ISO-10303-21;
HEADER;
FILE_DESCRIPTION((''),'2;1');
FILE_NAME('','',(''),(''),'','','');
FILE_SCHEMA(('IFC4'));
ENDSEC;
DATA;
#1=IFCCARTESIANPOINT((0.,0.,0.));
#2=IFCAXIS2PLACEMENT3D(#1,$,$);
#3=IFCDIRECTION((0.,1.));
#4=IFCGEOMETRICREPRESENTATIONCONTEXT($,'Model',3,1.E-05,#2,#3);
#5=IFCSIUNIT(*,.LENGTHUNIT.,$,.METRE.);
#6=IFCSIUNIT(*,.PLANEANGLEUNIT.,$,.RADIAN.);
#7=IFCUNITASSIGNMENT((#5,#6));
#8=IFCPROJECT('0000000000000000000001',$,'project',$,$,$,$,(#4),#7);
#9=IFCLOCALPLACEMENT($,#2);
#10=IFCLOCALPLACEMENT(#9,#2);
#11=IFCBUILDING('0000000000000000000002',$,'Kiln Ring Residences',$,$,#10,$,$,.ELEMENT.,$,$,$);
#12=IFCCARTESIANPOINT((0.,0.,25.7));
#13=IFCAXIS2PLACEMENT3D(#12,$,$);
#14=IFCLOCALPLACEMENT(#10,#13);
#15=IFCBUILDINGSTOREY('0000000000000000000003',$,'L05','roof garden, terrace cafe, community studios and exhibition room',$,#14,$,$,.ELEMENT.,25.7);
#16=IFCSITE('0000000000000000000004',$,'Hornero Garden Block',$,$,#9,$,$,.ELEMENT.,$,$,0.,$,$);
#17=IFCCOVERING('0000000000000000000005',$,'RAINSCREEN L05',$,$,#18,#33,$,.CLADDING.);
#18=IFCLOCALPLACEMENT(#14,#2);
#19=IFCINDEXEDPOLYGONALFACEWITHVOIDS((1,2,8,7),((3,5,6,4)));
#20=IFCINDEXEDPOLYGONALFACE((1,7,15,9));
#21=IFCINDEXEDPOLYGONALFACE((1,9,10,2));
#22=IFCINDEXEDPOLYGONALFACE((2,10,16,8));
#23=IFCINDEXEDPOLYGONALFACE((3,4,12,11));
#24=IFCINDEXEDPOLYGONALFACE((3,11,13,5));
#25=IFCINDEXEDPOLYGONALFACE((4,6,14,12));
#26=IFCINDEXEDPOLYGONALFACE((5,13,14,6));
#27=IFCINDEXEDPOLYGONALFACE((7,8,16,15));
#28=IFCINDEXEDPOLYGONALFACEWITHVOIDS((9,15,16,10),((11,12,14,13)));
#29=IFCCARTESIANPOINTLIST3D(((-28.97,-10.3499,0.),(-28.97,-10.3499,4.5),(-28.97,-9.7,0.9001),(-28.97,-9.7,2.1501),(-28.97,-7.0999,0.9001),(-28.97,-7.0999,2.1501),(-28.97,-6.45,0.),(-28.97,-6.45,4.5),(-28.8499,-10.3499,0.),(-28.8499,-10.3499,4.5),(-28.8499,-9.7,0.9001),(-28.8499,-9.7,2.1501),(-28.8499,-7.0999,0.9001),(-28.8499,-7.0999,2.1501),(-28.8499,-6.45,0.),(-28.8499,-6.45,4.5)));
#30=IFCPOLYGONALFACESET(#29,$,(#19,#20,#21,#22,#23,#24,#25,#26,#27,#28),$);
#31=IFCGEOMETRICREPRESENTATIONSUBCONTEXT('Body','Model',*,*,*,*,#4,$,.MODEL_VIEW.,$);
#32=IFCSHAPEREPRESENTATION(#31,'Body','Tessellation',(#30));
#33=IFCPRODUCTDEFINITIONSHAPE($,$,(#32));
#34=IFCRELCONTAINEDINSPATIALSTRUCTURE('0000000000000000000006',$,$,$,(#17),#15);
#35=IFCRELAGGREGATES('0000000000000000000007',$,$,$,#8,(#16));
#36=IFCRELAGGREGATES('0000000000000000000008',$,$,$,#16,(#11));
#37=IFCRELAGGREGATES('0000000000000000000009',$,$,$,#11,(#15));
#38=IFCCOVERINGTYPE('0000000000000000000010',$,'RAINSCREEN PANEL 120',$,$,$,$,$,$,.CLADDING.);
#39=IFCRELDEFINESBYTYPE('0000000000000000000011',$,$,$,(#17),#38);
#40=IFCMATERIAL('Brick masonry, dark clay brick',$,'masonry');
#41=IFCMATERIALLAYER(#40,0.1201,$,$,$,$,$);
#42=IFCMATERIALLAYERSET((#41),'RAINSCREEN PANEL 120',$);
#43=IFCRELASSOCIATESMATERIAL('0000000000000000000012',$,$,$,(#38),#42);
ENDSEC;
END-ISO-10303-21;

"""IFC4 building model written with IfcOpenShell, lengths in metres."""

from ifc_helpers import new_model, si_unit, direction, frame, origin, place, context, subcontext, project, spatial, polyline, outline, extrude, material, layer, layer_set, type_object, element, save


model = new_model("IFC4")

# Units and contexts
model_context = context("Model", 3, precision=1e-05, world=origin(), true_north=direction((0.0, 1.0)))
body_context = subcontext(model_context, "Body", "Model", "MODEL_VIEW")
ifc_project = project(units=[si_unit("LENGTHUNIT", "METRE"), si_unit("PLANEANGLEUNIT", "RADIAN")], contexts=[model_context])

# Site, building, storey
site_placement = place(None, origin())
site = spatial("IfcSite", under=ifc_project, at=site_placement, Name="Hornero Garden Block", CompositionType="ELEMENT", RefElevation=0.0)
building_placement = place(site_placement, origin())
building = spatial("IfcBuilding", under=site, at=building_placement, Name="Kiln Ring Residences", CompositionType="ELEMENT")
storey_placement = place(building_placement, frame((0.0, 0.0, 25.7)))
storey = spatial("IfcBuildingStorey", under=building, at=storey_placement, Name="L05", Description="roof garden, terrace cafe, community studios and exhibition room", CompositionType="ELEMENT", Elevation=25.7)

# Covering
ifc_material_1 = material(Name="Brick masonry, dark clay brick", Category="masonry")
ifc_layer_1 = layer(ifc_material_1, 0.1201)
ifc_layer_set_1 = layer_set([ifc_layer_1], Name="RAINSCREEN PANEL 120")
covering_type = type_object("IfcCoveringType", Name="RAINSCREEN PANEL 120", PredefinedType="CLADDING", material=ifc_layer_set_1)
covering_1_placement = place(storey_placement, frame((-28.9099, -6.45, 0.0), z_axis=(0.0, 0.0, 1.0), x_axis=(0.0, -1.0, 0.0)))
element("IfcCovering", 1, at=covering_1_placement, inside=storey, type_object=covering_type, Name="RAINSCREEN L05", PredefinedType="CLADDING", context=body_context, shape_type="SweptSolid", body=[
    extrude(outline(polyline([(0.0, 0.0), (3.8999, 0.0), (3.8999, 4.5), (0.0, 4.5), (0.0, 0.0)]), holes=[polyline([(0.6499, 2.1501), (0.6499, 0.9001), (3.25, 0.9001), (3.25, 2.1501), (0.6499, 2.1501)])]), frame((0.0, 0.0601, 0.0), z_axis=(0.0, -1.0, 0.0), x_axis=(1.0, 0.0, 0.0)), (0.0, 0.0, 1.0), 0.1201),
])

save(model, "model.ifc")
